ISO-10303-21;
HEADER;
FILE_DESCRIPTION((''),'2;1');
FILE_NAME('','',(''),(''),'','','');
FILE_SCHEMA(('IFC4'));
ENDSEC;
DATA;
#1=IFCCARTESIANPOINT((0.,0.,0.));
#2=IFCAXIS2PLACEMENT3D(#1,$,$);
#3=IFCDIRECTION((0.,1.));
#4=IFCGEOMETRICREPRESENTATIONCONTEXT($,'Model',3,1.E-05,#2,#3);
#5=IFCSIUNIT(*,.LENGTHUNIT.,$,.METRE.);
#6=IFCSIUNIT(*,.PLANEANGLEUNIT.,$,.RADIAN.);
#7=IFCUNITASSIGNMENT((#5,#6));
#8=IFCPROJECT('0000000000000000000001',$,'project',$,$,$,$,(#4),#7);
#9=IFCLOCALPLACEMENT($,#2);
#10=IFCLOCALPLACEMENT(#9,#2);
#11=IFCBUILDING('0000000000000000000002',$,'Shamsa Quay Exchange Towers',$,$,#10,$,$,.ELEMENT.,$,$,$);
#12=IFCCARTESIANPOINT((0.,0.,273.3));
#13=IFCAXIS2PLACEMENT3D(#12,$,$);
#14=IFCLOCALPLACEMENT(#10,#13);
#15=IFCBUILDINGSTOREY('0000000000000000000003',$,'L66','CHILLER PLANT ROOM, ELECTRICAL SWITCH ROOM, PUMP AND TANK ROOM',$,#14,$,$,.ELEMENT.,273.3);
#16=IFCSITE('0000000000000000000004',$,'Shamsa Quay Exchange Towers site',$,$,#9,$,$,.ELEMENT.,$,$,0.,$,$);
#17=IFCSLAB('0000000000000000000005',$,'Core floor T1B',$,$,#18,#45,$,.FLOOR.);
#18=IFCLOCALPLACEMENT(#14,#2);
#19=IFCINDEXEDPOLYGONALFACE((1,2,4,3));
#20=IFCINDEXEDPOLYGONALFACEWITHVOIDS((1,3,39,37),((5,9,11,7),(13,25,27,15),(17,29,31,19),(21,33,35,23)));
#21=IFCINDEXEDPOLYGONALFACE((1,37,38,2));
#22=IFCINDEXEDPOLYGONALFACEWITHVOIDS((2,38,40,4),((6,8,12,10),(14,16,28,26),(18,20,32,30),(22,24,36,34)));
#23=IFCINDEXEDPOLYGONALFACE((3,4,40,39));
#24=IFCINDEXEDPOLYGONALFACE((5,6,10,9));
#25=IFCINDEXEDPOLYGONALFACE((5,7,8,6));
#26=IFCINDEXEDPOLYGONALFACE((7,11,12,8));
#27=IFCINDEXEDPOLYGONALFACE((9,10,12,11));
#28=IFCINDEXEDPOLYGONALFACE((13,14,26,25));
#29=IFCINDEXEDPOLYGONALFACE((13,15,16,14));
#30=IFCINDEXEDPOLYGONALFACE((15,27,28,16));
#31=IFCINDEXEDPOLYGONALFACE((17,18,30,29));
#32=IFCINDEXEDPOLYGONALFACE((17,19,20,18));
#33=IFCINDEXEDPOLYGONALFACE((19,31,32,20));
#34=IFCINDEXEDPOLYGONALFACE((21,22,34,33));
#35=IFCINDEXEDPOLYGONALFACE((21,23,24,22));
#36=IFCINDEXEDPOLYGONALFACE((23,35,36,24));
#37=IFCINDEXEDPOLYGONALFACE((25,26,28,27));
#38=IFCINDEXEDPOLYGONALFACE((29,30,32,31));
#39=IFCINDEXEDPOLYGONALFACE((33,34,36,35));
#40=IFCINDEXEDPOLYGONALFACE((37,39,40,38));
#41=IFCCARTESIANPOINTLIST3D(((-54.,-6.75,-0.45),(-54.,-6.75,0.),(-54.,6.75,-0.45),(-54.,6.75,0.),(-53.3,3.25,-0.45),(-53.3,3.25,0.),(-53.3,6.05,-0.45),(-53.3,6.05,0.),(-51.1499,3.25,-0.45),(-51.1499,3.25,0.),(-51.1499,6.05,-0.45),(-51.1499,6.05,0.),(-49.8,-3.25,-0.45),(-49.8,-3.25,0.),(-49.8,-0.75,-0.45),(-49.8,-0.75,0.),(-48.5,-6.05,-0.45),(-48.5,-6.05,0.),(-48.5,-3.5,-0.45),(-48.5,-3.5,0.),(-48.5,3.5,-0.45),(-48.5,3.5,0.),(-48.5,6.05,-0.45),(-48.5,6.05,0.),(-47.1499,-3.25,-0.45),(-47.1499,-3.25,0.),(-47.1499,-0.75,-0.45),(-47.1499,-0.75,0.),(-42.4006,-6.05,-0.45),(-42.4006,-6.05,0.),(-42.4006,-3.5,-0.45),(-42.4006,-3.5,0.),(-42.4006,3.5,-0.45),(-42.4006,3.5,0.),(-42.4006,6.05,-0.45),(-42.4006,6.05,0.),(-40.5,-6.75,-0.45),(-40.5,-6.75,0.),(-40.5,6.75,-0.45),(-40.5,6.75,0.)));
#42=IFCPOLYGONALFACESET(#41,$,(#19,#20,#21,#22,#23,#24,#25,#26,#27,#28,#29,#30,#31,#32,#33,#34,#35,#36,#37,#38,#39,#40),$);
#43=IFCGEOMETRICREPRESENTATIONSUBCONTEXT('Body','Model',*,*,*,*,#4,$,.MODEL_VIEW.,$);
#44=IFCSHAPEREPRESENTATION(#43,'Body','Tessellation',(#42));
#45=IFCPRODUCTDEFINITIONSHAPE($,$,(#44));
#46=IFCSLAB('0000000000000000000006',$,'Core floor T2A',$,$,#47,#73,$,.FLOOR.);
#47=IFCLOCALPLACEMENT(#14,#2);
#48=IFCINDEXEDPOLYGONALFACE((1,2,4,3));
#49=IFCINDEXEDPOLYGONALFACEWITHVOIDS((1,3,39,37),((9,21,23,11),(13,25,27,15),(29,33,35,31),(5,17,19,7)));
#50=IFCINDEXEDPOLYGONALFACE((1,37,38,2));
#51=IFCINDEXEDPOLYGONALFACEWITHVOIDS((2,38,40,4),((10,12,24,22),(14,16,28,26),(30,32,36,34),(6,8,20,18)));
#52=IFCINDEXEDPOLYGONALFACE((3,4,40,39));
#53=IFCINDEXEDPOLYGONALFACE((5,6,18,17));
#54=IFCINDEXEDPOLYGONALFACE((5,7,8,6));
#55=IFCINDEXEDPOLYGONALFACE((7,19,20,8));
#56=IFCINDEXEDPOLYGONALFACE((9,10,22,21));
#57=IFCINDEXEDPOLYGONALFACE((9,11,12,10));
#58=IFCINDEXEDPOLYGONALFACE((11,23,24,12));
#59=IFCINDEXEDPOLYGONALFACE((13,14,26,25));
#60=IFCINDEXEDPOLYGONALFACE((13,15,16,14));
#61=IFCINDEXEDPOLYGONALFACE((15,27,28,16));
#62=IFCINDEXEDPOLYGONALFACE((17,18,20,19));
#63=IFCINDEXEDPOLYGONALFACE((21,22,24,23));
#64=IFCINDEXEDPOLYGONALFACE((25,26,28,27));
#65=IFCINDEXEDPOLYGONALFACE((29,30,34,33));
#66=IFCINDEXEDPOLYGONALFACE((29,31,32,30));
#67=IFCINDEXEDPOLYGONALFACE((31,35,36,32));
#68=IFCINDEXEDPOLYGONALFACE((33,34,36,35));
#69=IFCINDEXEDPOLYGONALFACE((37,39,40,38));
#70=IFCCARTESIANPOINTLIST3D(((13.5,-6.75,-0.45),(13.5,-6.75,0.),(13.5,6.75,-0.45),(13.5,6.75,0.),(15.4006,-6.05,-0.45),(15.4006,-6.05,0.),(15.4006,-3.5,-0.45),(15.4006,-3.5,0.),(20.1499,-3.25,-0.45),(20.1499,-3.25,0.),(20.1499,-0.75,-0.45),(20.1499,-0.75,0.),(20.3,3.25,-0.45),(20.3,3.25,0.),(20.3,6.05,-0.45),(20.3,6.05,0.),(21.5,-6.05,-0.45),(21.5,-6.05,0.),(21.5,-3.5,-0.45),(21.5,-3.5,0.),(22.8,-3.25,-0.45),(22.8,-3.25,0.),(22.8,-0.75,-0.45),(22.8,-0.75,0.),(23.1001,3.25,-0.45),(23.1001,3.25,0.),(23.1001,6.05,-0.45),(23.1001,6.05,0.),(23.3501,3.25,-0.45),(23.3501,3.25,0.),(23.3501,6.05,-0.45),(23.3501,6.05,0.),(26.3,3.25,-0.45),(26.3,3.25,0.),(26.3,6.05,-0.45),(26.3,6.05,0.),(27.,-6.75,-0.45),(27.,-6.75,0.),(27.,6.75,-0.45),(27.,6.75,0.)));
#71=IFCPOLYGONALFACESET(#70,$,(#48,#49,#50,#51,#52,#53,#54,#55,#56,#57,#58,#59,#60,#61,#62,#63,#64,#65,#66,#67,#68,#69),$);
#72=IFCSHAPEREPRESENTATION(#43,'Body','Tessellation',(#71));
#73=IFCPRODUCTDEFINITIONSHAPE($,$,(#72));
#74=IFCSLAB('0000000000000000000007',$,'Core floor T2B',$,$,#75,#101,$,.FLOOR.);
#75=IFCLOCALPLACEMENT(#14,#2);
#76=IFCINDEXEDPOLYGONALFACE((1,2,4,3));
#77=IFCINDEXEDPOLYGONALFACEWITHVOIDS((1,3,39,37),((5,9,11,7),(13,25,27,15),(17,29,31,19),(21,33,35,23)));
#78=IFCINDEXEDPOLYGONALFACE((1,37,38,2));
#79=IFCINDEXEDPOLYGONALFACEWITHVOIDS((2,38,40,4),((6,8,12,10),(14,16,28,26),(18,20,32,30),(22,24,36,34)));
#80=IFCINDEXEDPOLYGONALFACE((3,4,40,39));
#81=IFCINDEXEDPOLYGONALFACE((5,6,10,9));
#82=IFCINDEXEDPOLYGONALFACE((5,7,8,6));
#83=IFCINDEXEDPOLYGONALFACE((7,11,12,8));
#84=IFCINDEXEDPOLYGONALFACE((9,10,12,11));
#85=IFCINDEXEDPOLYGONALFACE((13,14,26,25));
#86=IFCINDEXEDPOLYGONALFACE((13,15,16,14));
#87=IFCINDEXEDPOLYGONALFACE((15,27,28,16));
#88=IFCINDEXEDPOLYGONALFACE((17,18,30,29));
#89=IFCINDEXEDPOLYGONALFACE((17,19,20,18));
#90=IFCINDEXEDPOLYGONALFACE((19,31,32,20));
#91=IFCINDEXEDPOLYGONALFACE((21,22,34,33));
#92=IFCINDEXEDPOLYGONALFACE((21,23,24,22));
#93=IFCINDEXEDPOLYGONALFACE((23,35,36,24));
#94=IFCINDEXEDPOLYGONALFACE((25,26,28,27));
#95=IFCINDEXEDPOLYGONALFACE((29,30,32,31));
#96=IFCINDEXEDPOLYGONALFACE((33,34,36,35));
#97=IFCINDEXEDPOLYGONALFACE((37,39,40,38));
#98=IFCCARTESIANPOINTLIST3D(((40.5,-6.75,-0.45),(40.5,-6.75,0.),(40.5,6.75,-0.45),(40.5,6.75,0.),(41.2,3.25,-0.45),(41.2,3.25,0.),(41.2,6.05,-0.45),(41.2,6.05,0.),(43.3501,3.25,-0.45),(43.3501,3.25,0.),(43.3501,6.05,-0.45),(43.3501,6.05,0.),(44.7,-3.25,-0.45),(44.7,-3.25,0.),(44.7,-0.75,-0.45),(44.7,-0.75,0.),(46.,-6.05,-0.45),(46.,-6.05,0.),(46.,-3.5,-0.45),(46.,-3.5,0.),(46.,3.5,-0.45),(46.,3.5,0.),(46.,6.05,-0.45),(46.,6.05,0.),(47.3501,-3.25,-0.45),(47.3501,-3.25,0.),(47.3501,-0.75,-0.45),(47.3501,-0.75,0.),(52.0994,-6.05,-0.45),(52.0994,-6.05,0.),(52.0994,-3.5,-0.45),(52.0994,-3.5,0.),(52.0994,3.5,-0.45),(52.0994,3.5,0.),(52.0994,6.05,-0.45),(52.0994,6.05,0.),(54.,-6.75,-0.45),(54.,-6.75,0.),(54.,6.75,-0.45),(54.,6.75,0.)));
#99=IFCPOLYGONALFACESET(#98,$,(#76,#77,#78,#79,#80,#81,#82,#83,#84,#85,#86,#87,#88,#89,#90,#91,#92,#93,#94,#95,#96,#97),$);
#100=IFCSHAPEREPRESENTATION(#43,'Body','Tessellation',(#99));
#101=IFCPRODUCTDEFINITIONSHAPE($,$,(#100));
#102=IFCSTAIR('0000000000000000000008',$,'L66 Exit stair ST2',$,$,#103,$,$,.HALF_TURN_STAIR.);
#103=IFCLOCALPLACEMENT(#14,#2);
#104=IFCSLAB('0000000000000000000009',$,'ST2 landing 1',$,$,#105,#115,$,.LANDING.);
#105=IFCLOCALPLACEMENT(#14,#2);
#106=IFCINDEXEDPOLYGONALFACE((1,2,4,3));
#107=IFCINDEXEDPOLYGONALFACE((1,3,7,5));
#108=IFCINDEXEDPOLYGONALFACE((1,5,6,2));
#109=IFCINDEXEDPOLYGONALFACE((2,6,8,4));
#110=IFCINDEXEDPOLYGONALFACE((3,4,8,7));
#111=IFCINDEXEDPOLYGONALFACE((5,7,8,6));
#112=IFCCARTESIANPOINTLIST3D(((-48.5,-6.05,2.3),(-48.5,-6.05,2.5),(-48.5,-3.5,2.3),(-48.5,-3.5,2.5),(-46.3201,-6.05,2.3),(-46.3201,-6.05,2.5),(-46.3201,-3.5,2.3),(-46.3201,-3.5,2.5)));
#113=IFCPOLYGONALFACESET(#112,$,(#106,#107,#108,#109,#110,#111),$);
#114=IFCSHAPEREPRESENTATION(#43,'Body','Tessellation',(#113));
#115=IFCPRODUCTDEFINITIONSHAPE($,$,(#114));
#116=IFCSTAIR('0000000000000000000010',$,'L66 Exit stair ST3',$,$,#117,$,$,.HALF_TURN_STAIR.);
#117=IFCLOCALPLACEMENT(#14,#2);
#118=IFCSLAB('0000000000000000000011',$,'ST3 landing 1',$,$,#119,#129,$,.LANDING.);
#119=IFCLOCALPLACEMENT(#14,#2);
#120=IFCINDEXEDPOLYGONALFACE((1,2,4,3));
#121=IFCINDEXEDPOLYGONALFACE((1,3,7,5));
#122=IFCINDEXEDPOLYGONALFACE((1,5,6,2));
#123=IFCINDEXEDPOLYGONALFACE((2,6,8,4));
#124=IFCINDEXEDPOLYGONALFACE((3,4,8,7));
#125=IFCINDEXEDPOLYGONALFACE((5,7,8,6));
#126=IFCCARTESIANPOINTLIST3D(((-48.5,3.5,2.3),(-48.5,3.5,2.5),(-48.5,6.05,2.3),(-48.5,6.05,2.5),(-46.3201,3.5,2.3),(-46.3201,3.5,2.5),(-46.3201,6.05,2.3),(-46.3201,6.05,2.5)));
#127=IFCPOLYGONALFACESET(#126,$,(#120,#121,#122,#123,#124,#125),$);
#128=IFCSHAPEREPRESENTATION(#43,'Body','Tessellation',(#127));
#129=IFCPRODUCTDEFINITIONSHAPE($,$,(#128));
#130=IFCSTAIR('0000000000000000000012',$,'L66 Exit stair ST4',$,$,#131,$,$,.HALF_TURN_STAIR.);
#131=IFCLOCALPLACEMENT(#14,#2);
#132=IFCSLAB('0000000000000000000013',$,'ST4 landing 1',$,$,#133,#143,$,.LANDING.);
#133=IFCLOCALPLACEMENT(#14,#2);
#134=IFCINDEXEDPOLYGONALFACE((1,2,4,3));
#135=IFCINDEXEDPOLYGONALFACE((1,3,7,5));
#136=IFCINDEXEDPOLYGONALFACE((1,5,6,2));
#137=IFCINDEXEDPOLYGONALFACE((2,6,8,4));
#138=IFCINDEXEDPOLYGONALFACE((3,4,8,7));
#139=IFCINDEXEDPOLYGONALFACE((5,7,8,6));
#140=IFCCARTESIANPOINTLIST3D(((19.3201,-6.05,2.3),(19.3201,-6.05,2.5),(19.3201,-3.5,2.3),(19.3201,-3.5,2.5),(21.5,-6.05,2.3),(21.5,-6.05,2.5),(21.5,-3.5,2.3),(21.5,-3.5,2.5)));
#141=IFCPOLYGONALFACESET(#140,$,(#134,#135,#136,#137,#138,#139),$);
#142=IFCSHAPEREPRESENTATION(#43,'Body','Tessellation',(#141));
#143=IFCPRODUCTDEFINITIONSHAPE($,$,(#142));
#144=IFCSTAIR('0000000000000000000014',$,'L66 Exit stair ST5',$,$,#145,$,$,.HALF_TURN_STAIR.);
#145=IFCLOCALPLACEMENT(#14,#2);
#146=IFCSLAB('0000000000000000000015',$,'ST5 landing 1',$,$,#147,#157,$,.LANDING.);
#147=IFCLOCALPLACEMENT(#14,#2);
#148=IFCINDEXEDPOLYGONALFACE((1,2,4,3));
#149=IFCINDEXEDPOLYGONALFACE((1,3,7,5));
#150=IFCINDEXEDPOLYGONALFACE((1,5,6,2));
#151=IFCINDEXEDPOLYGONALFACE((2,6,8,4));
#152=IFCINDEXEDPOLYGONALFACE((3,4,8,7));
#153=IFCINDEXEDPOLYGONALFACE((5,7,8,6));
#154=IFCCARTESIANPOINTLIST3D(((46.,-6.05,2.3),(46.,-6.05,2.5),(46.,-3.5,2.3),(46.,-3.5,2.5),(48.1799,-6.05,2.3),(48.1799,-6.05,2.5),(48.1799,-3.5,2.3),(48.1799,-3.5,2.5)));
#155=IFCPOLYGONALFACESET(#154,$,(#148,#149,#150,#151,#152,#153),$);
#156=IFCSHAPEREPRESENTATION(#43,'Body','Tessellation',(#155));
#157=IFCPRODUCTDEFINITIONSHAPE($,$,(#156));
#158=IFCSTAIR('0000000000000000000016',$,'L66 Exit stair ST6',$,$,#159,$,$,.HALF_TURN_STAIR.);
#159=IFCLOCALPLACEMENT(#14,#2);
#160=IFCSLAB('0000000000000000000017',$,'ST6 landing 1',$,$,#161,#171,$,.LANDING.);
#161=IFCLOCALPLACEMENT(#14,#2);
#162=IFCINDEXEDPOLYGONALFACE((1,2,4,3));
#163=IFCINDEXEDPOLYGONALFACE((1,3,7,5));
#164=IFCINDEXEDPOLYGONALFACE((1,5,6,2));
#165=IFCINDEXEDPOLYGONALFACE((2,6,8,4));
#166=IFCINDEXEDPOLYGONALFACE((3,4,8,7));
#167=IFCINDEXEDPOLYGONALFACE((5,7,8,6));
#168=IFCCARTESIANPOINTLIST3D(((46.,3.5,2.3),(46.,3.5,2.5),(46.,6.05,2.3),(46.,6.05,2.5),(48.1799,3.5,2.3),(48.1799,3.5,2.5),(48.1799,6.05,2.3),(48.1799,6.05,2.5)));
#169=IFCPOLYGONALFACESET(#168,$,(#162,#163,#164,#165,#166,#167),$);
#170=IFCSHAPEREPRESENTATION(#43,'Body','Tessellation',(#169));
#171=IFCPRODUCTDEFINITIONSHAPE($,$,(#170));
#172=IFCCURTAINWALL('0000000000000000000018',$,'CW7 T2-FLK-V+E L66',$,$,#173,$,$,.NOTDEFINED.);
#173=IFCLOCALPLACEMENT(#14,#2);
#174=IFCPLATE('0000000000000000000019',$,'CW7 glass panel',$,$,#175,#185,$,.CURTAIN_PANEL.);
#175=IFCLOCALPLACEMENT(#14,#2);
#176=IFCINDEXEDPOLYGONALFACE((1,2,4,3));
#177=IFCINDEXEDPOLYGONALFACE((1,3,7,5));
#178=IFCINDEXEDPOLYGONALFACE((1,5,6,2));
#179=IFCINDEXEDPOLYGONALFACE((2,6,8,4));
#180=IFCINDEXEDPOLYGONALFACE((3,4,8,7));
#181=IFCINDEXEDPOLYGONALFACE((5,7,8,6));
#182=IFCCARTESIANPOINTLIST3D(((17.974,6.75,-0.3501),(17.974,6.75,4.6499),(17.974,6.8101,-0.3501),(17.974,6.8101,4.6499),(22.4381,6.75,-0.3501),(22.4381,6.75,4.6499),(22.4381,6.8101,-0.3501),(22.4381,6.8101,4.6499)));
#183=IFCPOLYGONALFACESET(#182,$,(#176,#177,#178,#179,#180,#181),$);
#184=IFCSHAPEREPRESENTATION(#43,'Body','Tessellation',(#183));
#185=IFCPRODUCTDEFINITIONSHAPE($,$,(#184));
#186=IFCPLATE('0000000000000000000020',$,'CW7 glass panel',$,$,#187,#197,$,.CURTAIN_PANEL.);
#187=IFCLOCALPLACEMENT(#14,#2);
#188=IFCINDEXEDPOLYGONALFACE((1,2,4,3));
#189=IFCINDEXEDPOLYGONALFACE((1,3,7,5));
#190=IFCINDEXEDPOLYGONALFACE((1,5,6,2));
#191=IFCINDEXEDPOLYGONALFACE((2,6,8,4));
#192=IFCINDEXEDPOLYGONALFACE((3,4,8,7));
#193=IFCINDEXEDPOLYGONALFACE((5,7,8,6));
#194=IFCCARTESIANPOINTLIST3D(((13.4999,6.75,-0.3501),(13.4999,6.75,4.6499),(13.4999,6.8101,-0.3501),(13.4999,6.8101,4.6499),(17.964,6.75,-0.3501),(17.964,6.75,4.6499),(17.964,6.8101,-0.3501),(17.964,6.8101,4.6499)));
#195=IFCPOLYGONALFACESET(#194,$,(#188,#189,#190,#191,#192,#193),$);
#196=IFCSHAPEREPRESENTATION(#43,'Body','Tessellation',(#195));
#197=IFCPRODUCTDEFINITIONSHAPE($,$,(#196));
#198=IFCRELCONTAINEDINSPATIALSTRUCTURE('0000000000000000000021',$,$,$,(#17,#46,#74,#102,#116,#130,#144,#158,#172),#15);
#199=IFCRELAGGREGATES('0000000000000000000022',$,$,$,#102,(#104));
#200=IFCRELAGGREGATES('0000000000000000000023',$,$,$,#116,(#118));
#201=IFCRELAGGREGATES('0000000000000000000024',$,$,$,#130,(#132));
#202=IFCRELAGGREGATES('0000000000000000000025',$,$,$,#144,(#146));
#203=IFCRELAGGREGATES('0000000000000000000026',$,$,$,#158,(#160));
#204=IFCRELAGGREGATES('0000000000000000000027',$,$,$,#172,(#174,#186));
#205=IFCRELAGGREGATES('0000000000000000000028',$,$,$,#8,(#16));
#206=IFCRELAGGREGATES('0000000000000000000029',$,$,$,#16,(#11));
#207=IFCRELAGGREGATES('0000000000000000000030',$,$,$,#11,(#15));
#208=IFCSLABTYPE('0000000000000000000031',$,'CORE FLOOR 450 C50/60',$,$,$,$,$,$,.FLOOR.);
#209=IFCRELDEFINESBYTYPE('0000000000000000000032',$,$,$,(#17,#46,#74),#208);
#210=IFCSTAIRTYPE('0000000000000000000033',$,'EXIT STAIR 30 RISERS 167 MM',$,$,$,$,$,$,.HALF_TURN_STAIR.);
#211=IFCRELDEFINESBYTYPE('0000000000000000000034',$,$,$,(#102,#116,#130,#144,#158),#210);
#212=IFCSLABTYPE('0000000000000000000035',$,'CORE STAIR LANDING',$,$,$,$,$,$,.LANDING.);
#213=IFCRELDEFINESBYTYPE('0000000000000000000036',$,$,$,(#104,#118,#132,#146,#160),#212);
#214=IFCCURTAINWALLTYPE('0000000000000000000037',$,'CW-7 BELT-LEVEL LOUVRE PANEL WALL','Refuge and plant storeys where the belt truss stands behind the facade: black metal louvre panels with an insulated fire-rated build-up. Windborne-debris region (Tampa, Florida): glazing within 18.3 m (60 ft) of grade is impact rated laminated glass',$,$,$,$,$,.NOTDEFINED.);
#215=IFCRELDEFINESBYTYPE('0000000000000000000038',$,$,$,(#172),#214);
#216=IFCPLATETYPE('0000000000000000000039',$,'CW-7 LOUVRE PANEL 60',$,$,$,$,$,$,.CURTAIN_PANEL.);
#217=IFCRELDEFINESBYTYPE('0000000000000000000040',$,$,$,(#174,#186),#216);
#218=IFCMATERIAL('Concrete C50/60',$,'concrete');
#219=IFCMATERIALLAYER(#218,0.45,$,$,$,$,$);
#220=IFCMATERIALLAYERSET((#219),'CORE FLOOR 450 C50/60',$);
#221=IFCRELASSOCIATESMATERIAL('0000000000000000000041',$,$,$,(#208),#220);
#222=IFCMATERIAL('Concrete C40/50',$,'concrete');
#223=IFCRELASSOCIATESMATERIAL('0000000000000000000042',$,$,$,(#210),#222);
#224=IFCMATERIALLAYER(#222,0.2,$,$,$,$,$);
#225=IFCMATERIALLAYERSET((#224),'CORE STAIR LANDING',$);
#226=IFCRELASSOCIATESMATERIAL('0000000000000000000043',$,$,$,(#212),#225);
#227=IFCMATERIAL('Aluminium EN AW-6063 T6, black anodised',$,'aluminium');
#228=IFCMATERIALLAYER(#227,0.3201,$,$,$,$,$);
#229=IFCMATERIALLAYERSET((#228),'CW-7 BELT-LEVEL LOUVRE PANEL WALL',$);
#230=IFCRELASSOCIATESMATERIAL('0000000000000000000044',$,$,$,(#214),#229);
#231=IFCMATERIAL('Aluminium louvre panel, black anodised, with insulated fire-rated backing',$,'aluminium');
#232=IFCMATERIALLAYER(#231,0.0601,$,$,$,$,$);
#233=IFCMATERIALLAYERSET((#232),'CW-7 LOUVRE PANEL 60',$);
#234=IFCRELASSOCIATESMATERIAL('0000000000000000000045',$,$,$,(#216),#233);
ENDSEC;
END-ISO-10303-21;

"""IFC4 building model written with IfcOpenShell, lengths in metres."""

from ifc_helpers import new_model, si_unit, direction, frame, origin, origin_2d, place, context, subcontext, project, spatial, polyline, rectangle, outline, extrude, material, layer, layer_set, type_object, element, aggregate, save


model = new_model("IFC4")

# Units and contexts
model_context = context("Model", 3, precision=1e-05, world=origin(), true_north=direction((0.0, 1.0)))
body_context = subcontext(model_context, "Body", "Model", "MODEL_VIEW")
ifc_project = project(units=[si_unit("LENGTHUNIT", "METRE"), si_unit("PLANEANGLEUNIT", "RADIAN")], contexts=[model_context])

# Site, building, storey
site_placement = place(None, origin())
site = spatial("IfcSite", under=ifc_project, at=site_placement, Name="Shamsa Quay Exchange Towers site", CompositionType="ELEMENT", RefElevation=0.0)
building_placement = place(site_placement, origin())
building = spatial("IfcBuilding", under=site, at=building_placement, Name="Shamsa Quay Exchange Towers", CompositionType="ELEMENT")
storey_placement = place(building_placement, frame((0.0, 0.0, 273.3)))
storey = spatial("IfcBuildingStorey", under=building, at=storey_placement, Name="L66", Description="CHILLER PLANT ROOM, ELECTRICAL SWITCH ROOM, PUMP AND TANK ROOM", CompositionType="ELEMENT", Elevation=273.3)

# Slabs
ifc_material_1 = material(Name="Concrete C50/60", Category="concrete")
ifc_layer_1 = layer(ifc_material_1, 0.45)
ifc_layer_set_1 = layer_set([ifc_layer_1], Name="CORE FLOOR 450 C50/60")
slab_type_1 = type_object("IfcSlabType", Name="CORE FLOOR 450 C50/60", PredefinedType="FLOOR", material=ifc_layer_set_1)
slab_1_placement = place(storey_placement, frame((0.0, 0.0, -0.45)))
element("IfcSlab", 1, at=slab_1_placement, inside=storey, type_object=slab_type_1, Name="Core floor T1B", PredefinedType="FLOOR", context=body_context, shape_type="SweptSolid", body=[
    extrude(outline(polyline([(-40.5, -6.75), (-40.5, 6.75), (-54.0, 6.75), (-54.0, -6.75), (-40.5, -6.75)]), holes=[polyline([(-42.4006, -3.5), (-42.4006, -6.05), (-48.5, -6.05), (-48.5, -3.5), (-42.4006, -3.5)]), polyline([(-42.4006, 6.05), (-42.4006, 3.5), (-48.5, 3.5), (-48.5, 6.05), (-42.4006, 6.05)]), polyline([(-51.1499, 3.25), (-53.3, 3.25), (-53.3, 6.05), (-51.1499, 6.05), (-51.1499, 3.25)]), polyline([(-47.1499, -3.25), (-49.8, -3.25), (-49.8, -0.75), (-47.1499, -0.75), (-47.1499, -3.25)])]), origin(), (0.0, 0.0, 1.0), 0.45),
])
slab_2_placement = place(storey_placement, frame((0.0, 0.0, -0.45)))
element("IfcSlab", 2, at=slab_2_placement, inside=storey, type_object=slab_type_1, Name="Core floor T2A", PredefinedType="FLOOR", context=body_context, shape_type="SweptSolid", body=[
    extrude(outline(polyline([(13.5, -6.75), (27.0, -6.75), (27.0, 6.75), (13.5, 6.75), (13.5, -6.75)]), holes=[polyline([(15.4006, -6.05), (15.4006, -3.5), (21.5, -3.5), (21.5, -6.05), (15.4006, -6.05)]), polyline([(20.3, 3.25), (20.3, 6.05), (23.1001, 6.05), (23.1001, 3.25), (20.3, 3.25)]), polyline([(23.3501, 3.25), (23.3501, 6.05), (26.3, 6.05), (26.3, 3.25), (23.3501, 3.25)]), polyline([(20.1499, -3.25), (20.1499, -0.75), (22.8, -0.75), (22.8, -3.25), (20.1499, -3.25)])]), origin(), (0.0, 0.0, 1.0), 0.45),
])
slab_3_placement = place(storey_placement, frame((0.0, 0.0, -0.45)))
element("IfcSlab", 3, at=slab_3_placement, inside=storey, type_object=slab_type_1, Name="Core floor T2B", PredefinedType="FLOOR", context=body_context, shape_type="SweptSolid", body=[
    extrude(outline(polyline([(54.0, -6.75), (54.0, 6.75), (40.5, 6.75), (40.5, -6.75), (54.0, -6.75)]), holes=[polyline([(52.0994, -3.5), (52.0994, -6.05), (46.0, -6.05), (46.0, -3.5), (52.0994, -3.5)]), polyline([(52.0994, 6.05), (52.0994, 3.5), (46.0, 3.5), (46.0, 6.05), (52.0994, 6.05)]), polyline([(43.3501, 3.25), (41.2, 3.25), (41.2, 6.05), (43.3501, 6.05), (43.3501, 3.25)]), polyline([(47.3501, -3.25), (44.7, -3.25), (44.7, -0.75), (47.3501, -0.75), (47.3501, -3.25)])]), origin(), (0.0, 0.0, 1.0), 0.45),
])

# Stairs, slabs
ifc_material_2 = material(Name="Concrete C40/50", Category="concrete")
stair_type = type_object("IfcStairType", Name="EXIT STAIR 30 RISERS 167 MM", PredefinedType="HALF_TURN_STAIR", material=ifc_material_2)
stair_1_placement = place(storey_placement, origin())
stair_1 = element("IfcStair", 4, at=stair_1_placement, inside=storey, type_object=stair_type, Name="L66 Exit stair ST2", PredefinedType="HALF_TURN_STAIR")
ifc_layer_2 = layer(ifc_material_2, 0.2)
ifc_layer_set_2 = layer_set([ifc_layer_2], Name="CORE STAIR LANDING")
slab_type_2 = type_object("IfcSlabType", Name="CORE STAIR LANDING", PredefinedType="LANDING", material=ifc_layer_set_2)
slab_4_placement = place(storey_placement, frame((0.0, 0.0, 2.3)))
slab_4 = element("IfcSlab", 5, at=slab_4_placement, type_object=slab_type_2, Name="ST2 landing 1", PredefinedType="LANDING", context=body_context, shape_type="SweptSolid", body=[
    extrude(outline(polyline([(-46.3201, -3.5), (-48.5, -3.5), (-48.5, -6.05), (-46.3201, -6.05), (-46.3201, -3.5)])), origin(), (0.0, 0.0, 1.0), 0.2),
])
aggregate(stair_1, [slab_4])
stair_2_placement = place(storey_placement, origin())
stair_2 = element("IfcStair", 6, at=stair_2_placement, inside=storey, type_object=stair_type, Name="L66 Exit stair ST3", PredefinedType="HALF_TURN_STAIR")
slab_5_placement = place(storey_placement, frame((0.0, 0.0, 2.3)))
slab_5 = element("IfcSlab", 7, at=slab_5_placement, type_object=slab_type_2, Name="ST3 landing 1", PredefinedType="LANDING", context=body_context, shape_type="SweptSolid", body=[
    extrude(outline(polyline([(-46.3201, 6.05), (-48.5, 6.05), (-48.5, 3.5), (-46.3201, 3.5), (-46.3201, 6.05)])), origin(), (0.0, 0.0, 1.0), 0.2),
])
aggregate(stair_2, [slab_5])
stair_3_placement = place(storey_placement, origin())
stair_3 = element("IfcStair", 8, at=stair_3_placement, inside=storey, type_object=stair_type, Name="L66 Exit stair ST4", PredefinedType="HALF_TURN_STAIR")
slab_6_placement = place(storey_placement, frame((0.0, 0.0, 2.3)))
slab_6 = element("IfcSlab", 9, at=slab_6_placement, type_object=slab_type_2, Name="ST4 landing 1", PredefinedType="LANDING", context=body_context, shape_type="SweptSolid", body=[
    extrude(outline(polyline([(19.3201, -6.05), (21.5, -6.05), (21.5, -3.5), (19.3201, -3.5), (19.3201, -6.05)])), origin(), (0.0, 0.0, 1.0), 0.2),
])
aggregate(stair_3, [slab_6])
stair_4_placement = place(storey_placement, origin())
stair_4 = element("IfcStair", 10, at=stair_4_placement, inside=storey, type_object=stair_type, Name="L66 Exit stair ST5", PredefinedType="HALF_TURN_STAIR")
slab_7_placement = place(storey_placement, frame((0.0, 0.0, 2.3)))
slab_7 = element("IfcSlab", 11, at=slab_7_placement, type_object=slab_type_2, Name="ST5 landing 1", PredefinedType="LANDING", context=body_context, shape_type="SweptSolid", body=[
    extrude(outline(polyline([(48.1799, -3.5), (46.0, -3.5), (46.0, -6.05), (48.1799, -6.05), (48.1799, -3.5)])), origin(), (0.0, 0.0, 1.0), 0.2),
])
aggregate(stair_4, [slab_7])
stair_5_placement = place(storey_placement, origin())
stair_5 = element("IfcStair", 12, at=stair_5_placement, inside=storey, type_object=stair_type, Name="L66 Exit stair ST6", PredefinedType="HALF_TURN_STAIR")
slab_8_placement = place(storey_placement, frame((0.0, 0.0, 2.3)))
slab_8 = element("IfcSlab", 13, at=slab_8_placement, type_object=slab_type_2, Name="ST6 landing 1", PredefinedType="LANDING", context=body_context, shape_type="SweptSolid", body=[
    extrude(outline(polyline([(48.1799, 6.05), (46.0, 6.05), (46.0, 3.5), (48.1799, 3.5), (48.1799, 6.05)])), origin(), (0.0, 0.0, 1.0), 0.2),
])
aggregate(stair_5, [slab_8])

# Curtain wall, plates
ifc_material_3 = material(Name="Aluminium EN AW-6063 T6, black anodised", Category="aluminium")
ifc_layer_3 = layer(ifc_material_3, 0.3201)
ifc_layer_set_3 = layer_set([ifc_layer_3], Name="CW-7 BELT-LEVEL LOUVRE PANEL WALL")
curtain_wall_type = type_object("IfcCurtainWallType", Name="CW-7 BELT-LEVEL LOUVRE PANEL WALL", Description="Refuge and plant storeys where the belt truss stands behind the facade: black metal louvre panels with an insulated fire-rated build-up. Windborne-debris region (Tampa, Florida): glazing within 18.3 m (60 ft) of grade is impact rated laminated glass", PredefinedType="NOTDEFINED", material=ifc_layer_set_3)
curtain_wall_1_placement = place(storey_placement, origin())
curtain_wall_1 = element("IfcCurtainWall", 14, at=curtain_wall_1_placement, inside=storey, type_object=curtain_wall_type, Name="CW7 T2-FLK-V+E L66", PredefinedType="NOTDEFINED")
ifc_material_4 = material(Name="Aluminium louvre panel, black anodised, with insulated fire-rated backing", Category="aluminium")
ifc_layer_4 = layer(ifc_material_4, 0.0601)
ifc_layer_set_4 = layer_set([ifc_layer_4], Name="CW-7 LOUVRE PANEL 60")
plate_type = type_object("IfcPlateType", Name="CW-7 LOUVRE PANEL 60", PredefinedType="CURTAIN_PANEL", material=ifc_layer_set_4)
plate_1_placement = place(storey_placement, frame((20.2061, 6.78, -0.3501), z_axis=(0.0, 0.0, 1.0), x_axis=(-1.0, 0.0, 0.0)))
plate_1 = element("IfcPlate", 15, at=plate_1_placement, type_object=plate_type, Name="CW7 glass panel", PredefinedType="CURTAIN_PANEL", context=body_context, shape_type="SweptSolid", body=[
    extrude(rectangle(XDim=4.4641, YDim=0.0601, at=origin_2d()), origin(), (0.0, 0.0, 1.0), 5.0),
])
plate_2_placement = place(storey_placement, frame((15.7319, 6.78, -0.3501), z_axis=(0.0, 0.0, 1.0), x_axis=(-1.0, 0.0, 0.0)))
plate_2 = element("IfcPlate", 16, at=plate_2_placement, type_object=plate_type, Name="CW7 glass panel", PredefinedType="CURTAIN_PANEL", context=body_context, shape_type="SweptSolid", body=[
    extrude(rectangle(XDim=4.4641, YDim=0.0601, at=origin_2d()), origin(), (0.0, 0.0, 1.0), 5.0),
])
aggregate(curtain_wall_1, [plate_1, plate_2])

save(model, "model.ifc")
